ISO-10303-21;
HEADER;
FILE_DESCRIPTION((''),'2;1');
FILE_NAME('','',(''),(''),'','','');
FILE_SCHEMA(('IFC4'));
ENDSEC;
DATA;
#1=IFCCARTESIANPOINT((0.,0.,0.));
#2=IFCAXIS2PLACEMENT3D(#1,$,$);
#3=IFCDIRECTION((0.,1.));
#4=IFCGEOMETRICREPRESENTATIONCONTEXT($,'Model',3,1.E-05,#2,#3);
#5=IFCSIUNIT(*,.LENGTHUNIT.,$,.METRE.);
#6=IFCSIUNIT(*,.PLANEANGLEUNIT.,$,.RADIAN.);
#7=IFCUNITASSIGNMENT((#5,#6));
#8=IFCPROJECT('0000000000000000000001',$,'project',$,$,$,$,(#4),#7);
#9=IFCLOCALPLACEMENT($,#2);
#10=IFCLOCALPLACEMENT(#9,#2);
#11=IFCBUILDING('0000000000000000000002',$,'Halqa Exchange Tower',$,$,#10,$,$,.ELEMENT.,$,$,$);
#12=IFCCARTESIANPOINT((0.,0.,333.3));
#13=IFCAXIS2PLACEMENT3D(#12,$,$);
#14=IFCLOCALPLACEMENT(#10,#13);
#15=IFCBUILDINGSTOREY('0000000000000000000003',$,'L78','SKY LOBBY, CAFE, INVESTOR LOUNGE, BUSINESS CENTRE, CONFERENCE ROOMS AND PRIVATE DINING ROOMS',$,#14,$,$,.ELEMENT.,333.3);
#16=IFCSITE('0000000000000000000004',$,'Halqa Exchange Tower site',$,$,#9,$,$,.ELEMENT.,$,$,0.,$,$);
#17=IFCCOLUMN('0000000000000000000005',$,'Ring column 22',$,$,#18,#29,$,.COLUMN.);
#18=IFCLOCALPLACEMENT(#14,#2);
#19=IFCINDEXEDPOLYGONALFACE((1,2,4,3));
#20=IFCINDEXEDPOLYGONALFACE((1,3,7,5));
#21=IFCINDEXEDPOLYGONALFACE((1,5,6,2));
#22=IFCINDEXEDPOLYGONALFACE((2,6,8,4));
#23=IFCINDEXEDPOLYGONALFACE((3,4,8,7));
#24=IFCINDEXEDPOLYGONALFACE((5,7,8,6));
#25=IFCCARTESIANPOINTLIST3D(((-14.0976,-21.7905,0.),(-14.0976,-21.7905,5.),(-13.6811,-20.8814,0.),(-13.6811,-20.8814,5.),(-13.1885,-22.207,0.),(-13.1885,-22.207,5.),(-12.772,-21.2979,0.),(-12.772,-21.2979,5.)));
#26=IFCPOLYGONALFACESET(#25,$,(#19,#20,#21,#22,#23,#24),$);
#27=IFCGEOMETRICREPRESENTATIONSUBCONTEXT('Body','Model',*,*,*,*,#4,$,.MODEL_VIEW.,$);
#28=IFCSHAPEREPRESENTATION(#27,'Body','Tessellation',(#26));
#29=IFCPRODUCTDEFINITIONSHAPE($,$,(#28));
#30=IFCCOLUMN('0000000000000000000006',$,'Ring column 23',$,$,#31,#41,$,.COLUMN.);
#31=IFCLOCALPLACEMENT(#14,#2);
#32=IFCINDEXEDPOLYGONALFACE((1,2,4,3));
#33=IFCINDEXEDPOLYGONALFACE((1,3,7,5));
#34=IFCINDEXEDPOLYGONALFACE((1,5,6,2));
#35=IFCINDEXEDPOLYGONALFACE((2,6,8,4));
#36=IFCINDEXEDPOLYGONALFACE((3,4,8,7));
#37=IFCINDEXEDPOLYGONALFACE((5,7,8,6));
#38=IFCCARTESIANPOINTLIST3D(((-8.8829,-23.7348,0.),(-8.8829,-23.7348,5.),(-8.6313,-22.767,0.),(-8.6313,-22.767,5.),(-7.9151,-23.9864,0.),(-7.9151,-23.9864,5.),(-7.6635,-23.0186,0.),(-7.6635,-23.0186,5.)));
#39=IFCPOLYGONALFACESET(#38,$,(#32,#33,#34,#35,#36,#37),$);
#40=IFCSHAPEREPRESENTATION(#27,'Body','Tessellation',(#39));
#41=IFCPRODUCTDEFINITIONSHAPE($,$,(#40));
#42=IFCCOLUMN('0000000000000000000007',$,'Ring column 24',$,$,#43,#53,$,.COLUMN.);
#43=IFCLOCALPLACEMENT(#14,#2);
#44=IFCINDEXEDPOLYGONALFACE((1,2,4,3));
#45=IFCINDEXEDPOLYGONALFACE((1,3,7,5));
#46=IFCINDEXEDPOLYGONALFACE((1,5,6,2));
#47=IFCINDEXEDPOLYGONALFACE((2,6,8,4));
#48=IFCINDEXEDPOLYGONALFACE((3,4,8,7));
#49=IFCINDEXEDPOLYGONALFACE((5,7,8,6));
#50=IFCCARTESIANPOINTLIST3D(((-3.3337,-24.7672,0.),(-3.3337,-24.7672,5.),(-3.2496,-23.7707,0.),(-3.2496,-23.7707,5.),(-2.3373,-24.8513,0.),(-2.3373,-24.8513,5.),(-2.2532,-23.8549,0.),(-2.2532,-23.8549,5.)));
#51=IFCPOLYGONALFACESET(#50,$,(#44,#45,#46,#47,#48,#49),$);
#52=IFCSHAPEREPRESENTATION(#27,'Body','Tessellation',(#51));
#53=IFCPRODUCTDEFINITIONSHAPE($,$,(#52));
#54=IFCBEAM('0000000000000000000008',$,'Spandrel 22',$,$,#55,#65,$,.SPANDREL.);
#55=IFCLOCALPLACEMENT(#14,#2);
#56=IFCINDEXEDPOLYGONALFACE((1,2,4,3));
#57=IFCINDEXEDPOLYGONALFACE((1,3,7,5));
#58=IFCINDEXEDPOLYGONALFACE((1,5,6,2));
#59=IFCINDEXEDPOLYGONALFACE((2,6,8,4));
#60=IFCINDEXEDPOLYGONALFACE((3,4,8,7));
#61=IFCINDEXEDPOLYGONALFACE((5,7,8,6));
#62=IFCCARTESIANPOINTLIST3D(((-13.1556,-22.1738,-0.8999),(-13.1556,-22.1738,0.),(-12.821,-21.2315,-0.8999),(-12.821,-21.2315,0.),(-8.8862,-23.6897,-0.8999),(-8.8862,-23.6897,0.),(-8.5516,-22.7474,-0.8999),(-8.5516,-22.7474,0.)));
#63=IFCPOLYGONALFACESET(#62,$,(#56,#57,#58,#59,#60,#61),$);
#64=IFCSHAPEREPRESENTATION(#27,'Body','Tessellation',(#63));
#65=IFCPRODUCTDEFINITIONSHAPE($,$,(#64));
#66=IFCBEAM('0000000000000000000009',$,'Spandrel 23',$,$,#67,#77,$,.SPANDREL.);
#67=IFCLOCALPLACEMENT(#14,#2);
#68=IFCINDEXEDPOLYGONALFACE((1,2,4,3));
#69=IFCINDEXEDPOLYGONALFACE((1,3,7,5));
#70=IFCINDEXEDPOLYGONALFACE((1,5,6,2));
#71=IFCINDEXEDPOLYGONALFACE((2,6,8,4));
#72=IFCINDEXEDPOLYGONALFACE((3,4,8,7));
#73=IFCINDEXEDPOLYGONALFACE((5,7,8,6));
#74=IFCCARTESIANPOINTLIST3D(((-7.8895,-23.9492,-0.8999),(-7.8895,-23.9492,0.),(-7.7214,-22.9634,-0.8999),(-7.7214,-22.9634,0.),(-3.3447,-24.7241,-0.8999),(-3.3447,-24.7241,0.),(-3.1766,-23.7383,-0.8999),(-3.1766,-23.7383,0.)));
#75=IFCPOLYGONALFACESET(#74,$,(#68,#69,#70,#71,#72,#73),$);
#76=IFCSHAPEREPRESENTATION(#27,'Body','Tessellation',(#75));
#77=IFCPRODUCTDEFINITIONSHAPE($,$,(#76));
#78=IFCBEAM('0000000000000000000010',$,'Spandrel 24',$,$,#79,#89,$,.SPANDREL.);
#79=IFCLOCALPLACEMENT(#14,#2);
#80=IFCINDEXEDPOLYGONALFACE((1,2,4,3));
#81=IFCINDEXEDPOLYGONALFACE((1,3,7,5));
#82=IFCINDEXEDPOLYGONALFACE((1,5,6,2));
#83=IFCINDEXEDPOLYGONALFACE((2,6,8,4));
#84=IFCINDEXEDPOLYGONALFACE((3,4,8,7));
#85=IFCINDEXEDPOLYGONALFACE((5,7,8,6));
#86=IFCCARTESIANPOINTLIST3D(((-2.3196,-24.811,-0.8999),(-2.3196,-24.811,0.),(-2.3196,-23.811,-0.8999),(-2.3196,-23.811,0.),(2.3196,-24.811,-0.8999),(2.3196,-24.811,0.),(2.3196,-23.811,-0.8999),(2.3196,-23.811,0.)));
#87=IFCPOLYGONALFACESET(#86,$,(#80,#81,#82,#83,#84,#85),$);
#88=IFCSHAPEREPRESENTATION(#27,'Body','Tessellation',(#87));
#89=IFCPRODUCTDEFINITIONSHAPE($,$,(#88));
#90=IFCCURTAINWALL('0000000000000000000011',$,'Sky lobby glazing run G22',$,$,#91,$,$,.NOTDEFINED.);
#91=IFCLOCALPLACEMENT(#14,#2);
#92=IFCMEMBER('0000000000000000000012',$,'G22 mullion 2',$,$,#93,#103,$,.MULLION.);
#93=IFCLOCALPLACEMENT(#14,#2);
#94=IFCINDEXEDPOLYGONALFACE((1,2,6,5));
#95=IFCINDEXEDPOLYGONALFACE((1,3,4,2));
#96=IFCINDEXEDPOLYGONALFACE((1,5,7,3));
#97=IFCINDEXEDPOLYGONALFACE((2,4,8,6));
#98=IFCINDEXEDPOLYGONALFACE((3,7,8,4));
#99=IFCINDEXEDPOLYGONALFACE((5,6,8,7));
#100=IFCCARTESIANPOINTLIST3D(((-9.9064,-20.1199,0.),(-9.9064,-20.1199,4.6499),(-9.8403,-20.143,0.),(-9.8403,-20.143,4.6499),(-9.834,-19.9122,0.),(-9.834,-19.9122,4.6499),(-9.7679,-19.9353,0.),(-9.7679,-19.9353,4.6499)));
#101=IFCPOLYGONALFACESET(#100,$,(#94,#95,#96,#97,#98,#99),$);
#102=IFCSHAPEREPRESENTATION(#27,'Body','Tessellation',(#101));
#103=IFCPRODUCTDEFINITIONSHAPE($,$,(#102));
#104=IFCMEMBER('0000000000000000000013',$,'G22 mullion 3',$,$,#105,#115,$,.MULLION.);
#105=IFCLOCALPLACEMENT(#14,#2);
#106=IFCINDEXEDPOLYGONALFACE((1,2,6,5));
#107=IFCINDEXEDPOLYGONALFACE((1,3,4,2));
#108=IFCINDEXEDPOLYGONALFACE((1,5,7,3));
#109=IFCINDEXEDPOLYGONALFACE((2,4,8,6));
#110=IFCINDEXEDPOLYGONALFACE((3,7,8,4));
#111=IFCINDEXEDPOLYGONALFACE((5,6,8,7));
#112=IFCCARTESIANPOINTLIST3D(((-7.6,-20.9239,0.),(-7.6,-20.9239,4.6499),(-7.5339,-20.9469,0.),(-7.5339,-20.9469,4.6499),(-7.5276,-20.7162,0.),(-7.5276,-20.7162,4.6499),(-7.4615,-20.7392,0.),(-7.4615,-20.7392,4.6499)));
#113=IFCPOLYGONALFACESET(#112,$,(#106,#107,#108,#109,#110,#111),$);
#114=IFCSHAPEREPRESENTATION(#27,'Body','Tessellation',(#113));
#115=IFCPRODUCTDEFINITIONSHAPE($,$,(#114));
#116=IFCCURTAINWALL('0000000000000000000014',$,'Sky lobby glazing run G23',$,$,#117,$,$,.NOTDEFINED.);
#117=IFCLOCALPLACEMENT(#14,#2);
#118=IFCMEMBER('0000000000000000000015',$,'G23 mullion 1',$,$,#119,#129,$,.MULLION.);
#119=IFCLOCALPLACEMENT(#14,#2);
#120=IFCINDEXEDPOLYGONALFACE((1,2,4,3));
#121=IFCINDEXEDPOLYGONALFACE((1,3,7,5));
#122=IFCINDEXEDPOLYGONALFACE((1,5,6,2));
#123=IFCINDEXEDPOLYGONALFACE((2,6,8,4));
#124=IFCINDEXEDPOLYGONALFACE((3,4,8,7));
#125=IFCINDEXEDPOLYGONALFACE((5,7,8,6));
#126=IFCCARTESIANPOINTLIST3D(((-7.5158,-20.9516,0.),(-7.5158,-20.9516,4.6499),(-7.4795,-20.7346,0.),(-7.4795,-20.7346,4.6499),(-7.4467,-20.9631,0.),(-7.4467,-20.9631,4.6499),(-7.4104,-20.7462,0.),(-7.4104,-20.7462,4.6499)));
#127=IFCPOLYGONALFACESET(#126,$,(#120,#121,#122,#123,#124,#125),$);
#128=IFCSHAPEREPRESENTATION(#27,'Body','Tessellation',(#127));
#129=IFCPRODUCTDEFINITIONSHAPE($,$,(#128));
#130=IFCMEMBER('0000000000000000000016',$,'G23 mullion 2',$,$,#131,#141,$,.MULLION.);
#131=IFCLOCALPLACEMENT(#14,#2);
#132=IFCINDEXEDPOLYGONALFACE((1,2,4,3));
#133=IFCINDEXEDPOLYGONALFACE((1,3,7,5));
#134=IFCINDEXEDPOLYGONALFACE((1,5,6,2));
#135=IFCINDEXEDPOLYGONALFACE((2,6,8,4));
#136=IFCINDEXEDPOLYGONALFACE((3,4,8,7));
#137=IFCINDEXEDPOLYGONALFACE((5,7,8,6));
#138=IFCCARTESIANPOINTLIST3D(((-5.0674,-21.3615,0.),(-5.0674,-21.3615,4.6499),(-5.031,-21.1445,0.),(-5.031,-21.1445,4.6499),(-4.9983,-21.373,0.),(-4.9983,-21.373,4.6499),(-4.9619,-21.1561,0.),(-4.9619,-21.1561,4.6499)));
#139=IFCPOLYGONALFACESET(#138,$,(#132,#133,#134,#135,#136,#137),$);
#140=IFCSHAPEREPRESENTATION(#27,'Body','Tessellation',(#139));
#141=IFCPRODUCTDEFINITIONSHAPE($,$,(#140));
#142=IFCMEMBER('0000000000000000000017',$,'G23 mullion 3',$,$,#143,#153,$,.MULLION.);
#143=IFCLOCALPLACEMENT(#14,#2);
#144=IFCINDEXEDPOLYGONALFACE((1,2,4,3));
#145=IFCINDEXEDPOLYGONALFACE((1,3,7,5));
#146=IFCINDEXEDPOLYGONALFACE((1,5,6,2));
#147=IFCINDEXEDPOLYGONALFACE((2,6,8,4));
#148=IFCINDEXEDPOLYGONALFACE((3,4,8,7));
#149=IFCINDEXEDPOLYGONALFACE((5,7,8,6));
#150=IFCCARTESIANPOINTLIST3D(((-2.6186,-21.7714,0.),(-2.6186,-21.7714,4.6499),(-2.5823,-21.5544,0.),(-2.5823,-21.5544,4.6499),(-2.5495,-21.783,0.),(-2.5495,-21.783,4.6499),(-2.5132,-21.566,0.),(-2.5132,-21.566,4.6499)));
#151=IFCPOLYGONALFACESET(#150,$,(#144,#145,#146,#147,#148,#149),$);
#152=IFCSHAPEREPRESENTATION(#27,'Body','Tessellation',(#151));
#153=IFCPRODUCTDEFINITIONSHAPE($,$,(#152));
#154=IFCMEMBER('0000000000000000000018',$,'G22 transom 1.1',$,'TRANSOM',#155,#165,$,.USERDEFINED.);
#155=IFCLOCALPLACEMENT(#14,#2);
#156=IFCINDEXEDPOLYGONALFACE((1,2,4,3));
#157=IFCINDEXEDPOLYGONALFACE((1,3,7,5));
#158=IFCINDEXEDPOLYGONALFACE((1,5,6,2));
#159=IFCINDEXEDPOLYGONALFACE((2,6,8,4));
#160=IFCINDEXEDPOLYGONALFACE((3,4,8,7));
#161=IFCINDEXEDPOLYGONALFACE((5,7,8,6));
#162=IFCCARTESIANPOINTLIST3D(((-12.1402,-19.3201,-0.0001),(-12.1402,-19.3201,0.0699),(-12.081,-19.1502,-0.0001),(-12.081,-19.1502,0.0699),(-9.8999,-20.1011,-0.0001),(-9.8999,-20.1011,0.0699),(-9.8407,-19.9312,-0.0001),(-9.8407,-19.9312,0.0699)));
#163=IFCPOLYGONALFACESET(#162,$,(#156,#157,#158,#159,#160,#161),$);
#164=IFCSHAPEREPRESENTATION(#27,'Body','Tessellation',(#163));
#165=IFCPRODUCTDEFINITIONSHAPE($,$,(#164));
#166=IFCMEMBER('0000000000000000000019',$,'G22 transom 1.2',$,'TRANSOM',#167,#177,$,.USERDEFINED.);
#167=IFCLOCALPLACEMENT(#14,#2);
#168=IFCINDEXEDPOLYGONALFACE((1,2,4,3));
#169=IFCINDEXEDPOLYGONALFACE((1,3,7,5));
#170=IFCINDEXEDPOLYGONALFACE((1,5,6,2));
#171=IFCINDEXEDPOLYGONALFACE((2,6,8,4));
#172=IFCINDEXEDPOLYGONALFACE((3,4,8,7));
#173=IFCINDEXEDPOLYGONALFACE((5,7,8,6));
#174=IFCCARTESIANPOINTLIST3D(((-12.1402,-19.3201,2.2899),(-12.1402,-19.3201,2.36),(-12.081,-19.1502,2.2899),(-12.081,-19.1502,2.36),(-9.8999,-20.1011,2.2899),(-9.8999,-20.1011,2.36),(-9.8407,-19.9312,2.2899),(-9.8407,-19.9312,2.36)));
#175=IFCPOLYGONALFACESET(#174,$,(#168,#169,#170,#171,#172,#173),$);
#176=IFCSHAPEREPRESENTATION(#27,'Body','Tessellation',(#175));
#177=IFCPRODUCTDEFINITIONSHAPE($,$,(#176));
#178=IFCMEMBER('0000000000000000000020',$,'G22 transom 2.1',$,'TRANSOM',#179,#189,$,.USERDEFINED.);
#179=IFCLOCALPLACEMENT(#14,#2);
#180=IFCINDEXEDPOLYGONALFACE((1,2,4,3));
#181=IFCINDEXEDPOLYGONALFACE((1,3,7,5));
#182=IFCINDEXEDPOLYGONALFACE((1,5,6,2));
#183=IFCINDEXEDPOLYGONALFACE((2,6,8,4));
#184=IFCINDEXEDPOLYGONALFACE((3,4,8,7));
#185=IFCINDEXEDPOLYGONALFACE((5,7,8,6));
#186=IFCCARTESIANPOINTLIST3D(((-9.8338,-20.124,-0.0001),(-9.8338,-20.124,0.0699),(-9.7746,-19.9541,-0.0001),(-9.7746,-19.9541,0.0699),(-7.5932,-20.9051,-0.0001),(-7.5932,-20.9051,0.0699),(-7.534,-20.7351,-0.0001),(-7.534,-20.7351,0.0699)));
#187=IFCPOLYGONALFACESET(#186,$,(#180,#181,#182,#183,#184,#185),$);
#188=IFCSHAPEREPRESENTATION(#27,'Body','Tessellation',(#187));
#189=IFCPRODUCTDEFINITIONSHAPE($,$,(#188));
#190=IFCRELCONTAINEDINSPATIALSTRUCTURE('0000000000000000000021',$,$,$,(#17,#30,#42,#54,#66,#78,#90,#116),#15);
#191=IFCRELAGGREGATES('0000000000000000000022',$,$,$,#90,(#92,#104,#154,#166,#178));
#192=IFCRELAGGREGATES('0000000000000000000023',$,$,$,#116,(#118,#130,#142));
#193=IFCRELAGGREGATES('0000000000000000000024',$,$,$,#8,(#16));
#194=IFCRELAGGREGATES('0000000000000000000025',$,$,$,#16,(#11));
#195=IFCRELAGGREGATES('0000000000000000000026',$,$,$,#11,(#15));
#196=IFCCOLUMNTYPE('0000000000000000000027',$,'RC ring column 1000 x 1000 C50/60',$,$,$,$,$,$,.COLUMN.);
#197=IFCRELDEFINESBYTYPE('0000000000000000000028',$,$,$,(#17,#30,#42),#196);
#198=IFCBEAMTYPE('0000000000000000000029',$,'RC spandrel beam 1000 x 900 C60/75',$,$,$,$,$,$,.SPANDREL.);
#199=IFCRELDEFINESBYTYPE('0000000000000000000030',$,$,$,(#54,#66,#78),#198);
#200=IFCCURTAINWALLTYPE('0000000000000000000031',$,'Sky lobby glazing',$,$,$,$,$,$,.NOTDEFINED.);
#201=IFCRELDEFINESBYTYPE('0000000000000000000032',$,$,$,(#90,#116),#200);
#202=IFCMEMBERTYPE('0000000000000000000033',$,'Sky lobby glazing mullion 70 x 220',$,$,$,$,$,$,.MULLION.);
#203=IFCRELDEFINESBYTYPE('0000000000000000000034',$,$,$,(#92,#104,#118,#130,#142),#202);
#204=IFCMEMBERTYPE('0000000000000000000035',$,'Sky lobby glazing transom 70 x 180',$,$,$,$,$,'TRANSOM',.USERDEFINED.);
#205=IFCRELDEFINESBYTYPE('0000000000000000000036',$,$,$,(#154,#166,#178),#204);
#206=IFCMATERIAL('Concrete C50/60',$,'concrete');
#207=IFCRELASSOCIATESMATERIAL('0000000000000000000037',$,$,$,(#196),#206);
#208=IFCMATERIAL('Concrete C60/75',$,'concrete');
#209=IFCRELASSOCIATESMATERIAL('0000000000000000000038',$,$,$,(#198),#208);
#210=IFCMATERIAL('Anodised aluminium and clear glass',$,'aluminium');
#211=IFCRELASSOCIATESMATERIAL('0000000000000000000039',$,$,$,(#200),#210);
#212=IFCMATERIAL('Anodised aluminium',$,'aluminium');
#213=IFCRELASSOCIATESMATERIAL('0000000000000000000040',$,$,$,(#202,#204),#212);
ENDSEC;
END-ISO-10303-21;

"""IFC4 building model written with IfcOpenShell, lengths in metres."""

from ifc_helpers import new_model, si_unit, direction, frame, origin, origin_2d, place, context, subcontext, project, spatial, rectangle, extrude, material, material_profile, profile_set, type_object, element, aggregate, save


model = new_model("IFC4")

# Units and contexts
model_context = context("Model", 3, precision=1e-05, world=origin(), true_north=direction((0.0, 1.0)))
body_context = subcontext(model_context, "Body", "Model", "MODEL_VIEW")
ifc_project = project(units=[si_unit("LENGTHUNIT", "METRE"), si_unit("PLANEANGLEUNIT", "RADIAN")], contexts=[model_context])

# Site, building, storey
site_placement = place(None, origin())
site = spatial("IfcSite", under=ifc_project, at=site_placement, Name="Halqa Exchange Tower site", CompositionType="ELEMENT", RefElevation=0.0)
building_placement = place(site_placement, origin())
building = spatial("IfcBuilding", under=site, at=building_placement, Name="Halqa Exchange Tower", CompositionType="ELEMENT")
storey_placement = place(building_placement, frame((0.0, 0.0, 333.3)))
storey = spatial("IfcBuildingStorey", under=building, at=storey_placement, Name="L78", Description="SKY LOBBY, CAFE, INVESTOR LOUNGE, BUSINESS CENTRE, CONFERENCE ROOMS AND PRIVATE DINING ROOMS", CompositionType="ELEMENT", Elevation=333.3)

# Columns
ifc_material_1 = material(Name="Concrete C50/60", Category="concrete")
ifc_material_profile_1 = material_profile(ifc_material_1, rectangle(XDim=1.0, YDim=1.0, at=origin_2d()), Name="1000 x 1000")
ifc_profile_set_1 = profile_set([ifc_material_profile_1], Name="Concrete C50/60")
column_type = type_object("IfcColumnType", Name="RC ring column 1000 x 1000 C50/60", PredefinedType="COLUMN", material=ifc_profile_set_1)
for number, where, z_axis, x_axis, name in (
    (1, (-13.4348, -21.5442, 0.0), (0.0, 0.0, 1.0), (0.909129, -0.416516, 0.0), "Ring column 22"),
    (2, (-8.2732, -23.3767, 0.0), (0.0, 0.0, 1.0), (0.967819, -0.251647, 0.0), "Ring column 23"),
    (3, (-2.7935, -24.311, 0.0), (0.0, 0.0, 1.0), (0.996455, -0.084127, 0.0), "Ring column 24"),
):
    element("IfcColumn", number, at=place(storey_placement, frame(where, z_axis=z_axis, x_axis=x_axis)), inside=storey, type_object=column_type, Name=name, PredefinedType="COLUMN", context=body_context, shape_type="SweptSolid", body=[
        extrude(rectangle(XDim=1.0, YDim=1.0, at=origin_2d()), origin(), (0.0, 0.0, 1.0), 5.0),
    ])

# Beams
ifc_material_2 = material(Name="Concrete C60/75", Category="concrete")
ifc_material_profile_2 = material_profile(ifc_material_2, rectangle(XDim=1.0, YDim=0.8999, at=origin_2d()), Name="1000 x 900")
ifc_profile_set_2 = profile_set([ifc_material_profile_2], Name="Concrete C60/75")
beam_type = type_object("IfcBeamType", Name="RC spandrel beam 1000 x 900 C60/75", PredefinedType="SPANDREL", material=ifc_profile_set_2)
beam_1_placement = place(storey_placement, frame((-12.9883, -21.7026, -0.45), z_axis=(0.942361, -0.334598, 0.0), x_axis=(0.334598, 0.942361, 0.0)))
element("IfcBeam", 4, at=beam_1_placement, inside=storey, type_object=beam_type, Name="Spandrel 22", PredefinedType="SPANDREL", context=body_context, shape_type="SweptSolid", body=[
    extrude(rectangle(XDim=1.0, YDim=0.8999, at=origin_2d()), origin(), (0.0, 0.0, 1.0), 4.5305),
])
beam_2_placement = place(storey_placement, frame((-7.8054, -23.4563, -0.45), z_axis=(0.985773, -0.168082, 0.0), x_axis=(0.168082, 0.985773, 0.0)))
element("IfcBeam", 5, at=beam_2_placement, inside=storey, type_object=beam_type, Name="Spandrel 23", PredefinedType="SPANDREL", context=body_context, shape_type="SweptSolid", body=[
    extrude(rectangle(XDim=1.0, YDim=0.8999, at=origin_2d()), origin(), (0.0, 0.0, 1.0), 4.6104),
])
beam_3_placement = place(storey_placement, frame((-2.3196, -24.311, -0.45), z_axis=(1.0, 0.0, 0.0), x_axis=(0.0, 1.0, 0.0)))
element("IfcBeam", 6, at=beam_3_placement, inside=storey, type_object=beam_type, Name="Spandrel 24", PredefinedType="SPANDREL", context=body_context, shape_type="SweptSolid", body=[
    extrude(rectangle(XDim=1.0, YDim=0.8999, at=origin_2d()), origin(), (0.0, 0.0, 1.0), 4.6392),
])

# Curtain walls, members
ifc_material_3 = material(Name="Anodised aluminium and clear glass", Category="aluminium")
curtain_wall_type = type_object("IfcCurtainWallType", Name="Sky lobby glazing", PredefinedType="NOTDEFINED", material=ifc_material_3)
curtain_wall_1_placement = place(storey_placement, origin())
curtain_wall_1 = element("IfcCurtainWall", 7, at=curtain_wall_1_placement, inside=storey, type_object=curtain_wall_type, Name="Sky lobby glazing run G22", PredefinedType="NOTDEFINED")
ifc_material_4 = material(Name="Anodised aluminium", Category="aluminium")
ifc_material_profile_3 = material_profile(ifc_material_4, rectangle(XDim=0.22, YDim=0.0701, at=origin_2d()), Name="AL 70x220")
ifc_profile_set_3 = profile_set([ifc_material_profile_3], Name="Anodised aluminium")
member_type_1 = type_object("IfcMemberType", Name="Sky lobby glazing mullion 70 x 220", PredefinedType="MULLION", material=ifc_profile_set_3)
member_1_placement = place(storey_placement, frame((-9.8372, -20.0276, 0.0), z_axis=(0.0, 0.0, 1.0), x_axis=(0.32916, 0.944274, 0.0)))
member_1 = element("IfcMember", 8, at=member_1_placement, type_object=member_type_1, Name="G22 mullion 2", PredefinedType="MULLION", context=body_context, shape_type="SweptSolid", body=[
    extrude(rectangle(XDim=0.22, YDim=0.0701, at=origin_2d()), origin(), (0.0, 0.0, 1.0), 4.6499),
])
member_2_placement = place(storey_placement, frame((-7.5308, -20.8315, 0.0), z_axis=(0.0, 0.0, 1.0), x_axis=(0.32916, 0.944274, 0.0)))
member_2 = element("IfcMember", 9, at=member_2_placement, type_object=member_type_1, Name="G22 mullion 3", PredefinedType="MULLION", context=body_context, shape_type="SweptSolid", body=[
    extrude(rectangle(XDim=0.22, YDim=0.0701, at=origin_2d()), origin(), (0.0, 0.0, 1.0), 4.6499),
])
curtain_wall_2_placement = place(storey_placement, origin())
curtain_wall_2 = element("IfcCurtainWall", 10, at=curtain_wall_2_placement, inside=storey, type_object=curtain_wall_type, Name="Sky lobby glazing run G23", PredefinedType="NOTDEFINED")
member_3_placement = place(storey_placement, frame((-7.4631, -20.8489, 0.0), z_axis=(0.0, 0.0, 1.0), x_axis=(0.165117, 0.986274, 0.0)))
member_3 = element("IfcMember", 11, at=member_3_placement, type_object=member_type_1, Name="G23 mullion 1", PredefinedType="MULLION", context=body_context, shape_type="SweptSolid", body=[
    extrude(rectangle(XDim=0.22, YDim=0.0701, at=origin_2d()), origin(), (0.0, 0.0, 1.0), 4.6499),
])
member_4_placement = place(storey_placement, frame((-5.0146, -21.2588, 0.0), z_axis=(0.0, 0.0, 1.0), x_axis=(0.165117, 0.986274, 0.0)))
member_4 = element("IfcMember", 12, at=member_4_placement, type_object=member_type_1, Name="G23 mullion 2", PredefinedType="MULLION", context=body_context, shape_type="SweptSolid", body=[
    extrude(rectangle(XDim=0.22, YDim=0.0701, at=origin_2d()), origin(), (0.0, 0.0, 1.0), 4.6499),
])
member_5_placement = place(storey_placement, frame((-2.5659, -21.6687, 0.0), z_axis=(0.0, 0.0, 1.0), x_axis=(0.165117, 0.986274, 0.0)))
member_5 = element("IfcMember", 13, at=member_5_placement, type_object=member_type_1, Name="G23 mullion 3", PredefinedType="MULLION", context=body_context, shape_type="SweptSolid", body=[
    extrude(rectangle(XDim=0.22, YDim=0.0701, at=origin_2d()), origin(), (0.0, 0.0, 1.0), 4.6499),
])

# Members
ifc_material_profile_4 = material_profile(ifc_material_4, rectangle(XDim=0.1799, YDim=0.0701, at=origin_2d()), Name="AL 70x180")
ifc_profile_set_4 = profile_set([ifc_material_profile_4], Name="Anodised aluminium")
member_type_2 = type_object("IfcMemberType", Name="Sky lobby glazing transom 70 x 180", ElementType="TRANSOM", PredefinedType="USERDEFINED", material=ifc_profile_set_4)
member_6_placement = place(storey_placement, frame((-12.1106, -19.2351, 0.0349), z_axis=(0.944262, -0.329195, 0.0), x_axis=(0.329195, 0.944262, 0.0)))
member_6 = element("IfcMember", 14, at=member_6_placement, type_object=member_type_2, Name="G22 transom 1.1", ObjectType="TRANSOM", PredefinedType="USERDEFINED", context=body_context, shape_type="SweptSolid", body=[
    extrude(rectangle(XDim=0.1799, YDim=0.0701, at=origin_2d()), origin(), (0.0, 0.0, 1.0), 2.3726),
])
member_7_placement = place(storey_placement, frame((-12.1106, -19.2351, 2.325), z_axis=(0.944262, -0.329195, 0.0), x_axis=(0.329195, 0.944262, 0.0)))
member_7 = element("IfcMember", 15, at=member_7_placement, type_object=member_type_2, Name="G22 transom 1.2", ObjectType="TRANSOM", PredefinedType="USERDEFINED", context=body_context, shape_type="SweptSolid", body=[
    extrude(rectangle(XDim=0.1799, YDim=0.0701, at=origin_2d()), origin(), (0.0, 0.0, 1.0), 2.3726),
])
member_8_placement = place(storey_placement, frame((-9.8042, -20.0391, 0.0349), z_axis=(0.944273, -0.329163, 0.0), x_axis=(0.329163, 0.944273, 0.0)))
member_8 = element("IfcMember", 16, at=member_8_placement, type_object=member_type_2, Name="G22 transom 2.1", ObjectType="TRANSOM", PredefinedType="USERDEFINED", context=body_context, shape_type="SweptSolid", body=[
    extrude(rectangle(XDim=0.1799, YDim=0.0701, at=origin_2d()), origin(), (0.0, 0.0, 1.0), 2.3728),
])

aggregate(curtain_wall_1, [member_1, member_2, member_6, member_7, member_8])
aggregate(curtain_wall_2, [member_3, member_4, member_5])

save(model, "model.ifc")
